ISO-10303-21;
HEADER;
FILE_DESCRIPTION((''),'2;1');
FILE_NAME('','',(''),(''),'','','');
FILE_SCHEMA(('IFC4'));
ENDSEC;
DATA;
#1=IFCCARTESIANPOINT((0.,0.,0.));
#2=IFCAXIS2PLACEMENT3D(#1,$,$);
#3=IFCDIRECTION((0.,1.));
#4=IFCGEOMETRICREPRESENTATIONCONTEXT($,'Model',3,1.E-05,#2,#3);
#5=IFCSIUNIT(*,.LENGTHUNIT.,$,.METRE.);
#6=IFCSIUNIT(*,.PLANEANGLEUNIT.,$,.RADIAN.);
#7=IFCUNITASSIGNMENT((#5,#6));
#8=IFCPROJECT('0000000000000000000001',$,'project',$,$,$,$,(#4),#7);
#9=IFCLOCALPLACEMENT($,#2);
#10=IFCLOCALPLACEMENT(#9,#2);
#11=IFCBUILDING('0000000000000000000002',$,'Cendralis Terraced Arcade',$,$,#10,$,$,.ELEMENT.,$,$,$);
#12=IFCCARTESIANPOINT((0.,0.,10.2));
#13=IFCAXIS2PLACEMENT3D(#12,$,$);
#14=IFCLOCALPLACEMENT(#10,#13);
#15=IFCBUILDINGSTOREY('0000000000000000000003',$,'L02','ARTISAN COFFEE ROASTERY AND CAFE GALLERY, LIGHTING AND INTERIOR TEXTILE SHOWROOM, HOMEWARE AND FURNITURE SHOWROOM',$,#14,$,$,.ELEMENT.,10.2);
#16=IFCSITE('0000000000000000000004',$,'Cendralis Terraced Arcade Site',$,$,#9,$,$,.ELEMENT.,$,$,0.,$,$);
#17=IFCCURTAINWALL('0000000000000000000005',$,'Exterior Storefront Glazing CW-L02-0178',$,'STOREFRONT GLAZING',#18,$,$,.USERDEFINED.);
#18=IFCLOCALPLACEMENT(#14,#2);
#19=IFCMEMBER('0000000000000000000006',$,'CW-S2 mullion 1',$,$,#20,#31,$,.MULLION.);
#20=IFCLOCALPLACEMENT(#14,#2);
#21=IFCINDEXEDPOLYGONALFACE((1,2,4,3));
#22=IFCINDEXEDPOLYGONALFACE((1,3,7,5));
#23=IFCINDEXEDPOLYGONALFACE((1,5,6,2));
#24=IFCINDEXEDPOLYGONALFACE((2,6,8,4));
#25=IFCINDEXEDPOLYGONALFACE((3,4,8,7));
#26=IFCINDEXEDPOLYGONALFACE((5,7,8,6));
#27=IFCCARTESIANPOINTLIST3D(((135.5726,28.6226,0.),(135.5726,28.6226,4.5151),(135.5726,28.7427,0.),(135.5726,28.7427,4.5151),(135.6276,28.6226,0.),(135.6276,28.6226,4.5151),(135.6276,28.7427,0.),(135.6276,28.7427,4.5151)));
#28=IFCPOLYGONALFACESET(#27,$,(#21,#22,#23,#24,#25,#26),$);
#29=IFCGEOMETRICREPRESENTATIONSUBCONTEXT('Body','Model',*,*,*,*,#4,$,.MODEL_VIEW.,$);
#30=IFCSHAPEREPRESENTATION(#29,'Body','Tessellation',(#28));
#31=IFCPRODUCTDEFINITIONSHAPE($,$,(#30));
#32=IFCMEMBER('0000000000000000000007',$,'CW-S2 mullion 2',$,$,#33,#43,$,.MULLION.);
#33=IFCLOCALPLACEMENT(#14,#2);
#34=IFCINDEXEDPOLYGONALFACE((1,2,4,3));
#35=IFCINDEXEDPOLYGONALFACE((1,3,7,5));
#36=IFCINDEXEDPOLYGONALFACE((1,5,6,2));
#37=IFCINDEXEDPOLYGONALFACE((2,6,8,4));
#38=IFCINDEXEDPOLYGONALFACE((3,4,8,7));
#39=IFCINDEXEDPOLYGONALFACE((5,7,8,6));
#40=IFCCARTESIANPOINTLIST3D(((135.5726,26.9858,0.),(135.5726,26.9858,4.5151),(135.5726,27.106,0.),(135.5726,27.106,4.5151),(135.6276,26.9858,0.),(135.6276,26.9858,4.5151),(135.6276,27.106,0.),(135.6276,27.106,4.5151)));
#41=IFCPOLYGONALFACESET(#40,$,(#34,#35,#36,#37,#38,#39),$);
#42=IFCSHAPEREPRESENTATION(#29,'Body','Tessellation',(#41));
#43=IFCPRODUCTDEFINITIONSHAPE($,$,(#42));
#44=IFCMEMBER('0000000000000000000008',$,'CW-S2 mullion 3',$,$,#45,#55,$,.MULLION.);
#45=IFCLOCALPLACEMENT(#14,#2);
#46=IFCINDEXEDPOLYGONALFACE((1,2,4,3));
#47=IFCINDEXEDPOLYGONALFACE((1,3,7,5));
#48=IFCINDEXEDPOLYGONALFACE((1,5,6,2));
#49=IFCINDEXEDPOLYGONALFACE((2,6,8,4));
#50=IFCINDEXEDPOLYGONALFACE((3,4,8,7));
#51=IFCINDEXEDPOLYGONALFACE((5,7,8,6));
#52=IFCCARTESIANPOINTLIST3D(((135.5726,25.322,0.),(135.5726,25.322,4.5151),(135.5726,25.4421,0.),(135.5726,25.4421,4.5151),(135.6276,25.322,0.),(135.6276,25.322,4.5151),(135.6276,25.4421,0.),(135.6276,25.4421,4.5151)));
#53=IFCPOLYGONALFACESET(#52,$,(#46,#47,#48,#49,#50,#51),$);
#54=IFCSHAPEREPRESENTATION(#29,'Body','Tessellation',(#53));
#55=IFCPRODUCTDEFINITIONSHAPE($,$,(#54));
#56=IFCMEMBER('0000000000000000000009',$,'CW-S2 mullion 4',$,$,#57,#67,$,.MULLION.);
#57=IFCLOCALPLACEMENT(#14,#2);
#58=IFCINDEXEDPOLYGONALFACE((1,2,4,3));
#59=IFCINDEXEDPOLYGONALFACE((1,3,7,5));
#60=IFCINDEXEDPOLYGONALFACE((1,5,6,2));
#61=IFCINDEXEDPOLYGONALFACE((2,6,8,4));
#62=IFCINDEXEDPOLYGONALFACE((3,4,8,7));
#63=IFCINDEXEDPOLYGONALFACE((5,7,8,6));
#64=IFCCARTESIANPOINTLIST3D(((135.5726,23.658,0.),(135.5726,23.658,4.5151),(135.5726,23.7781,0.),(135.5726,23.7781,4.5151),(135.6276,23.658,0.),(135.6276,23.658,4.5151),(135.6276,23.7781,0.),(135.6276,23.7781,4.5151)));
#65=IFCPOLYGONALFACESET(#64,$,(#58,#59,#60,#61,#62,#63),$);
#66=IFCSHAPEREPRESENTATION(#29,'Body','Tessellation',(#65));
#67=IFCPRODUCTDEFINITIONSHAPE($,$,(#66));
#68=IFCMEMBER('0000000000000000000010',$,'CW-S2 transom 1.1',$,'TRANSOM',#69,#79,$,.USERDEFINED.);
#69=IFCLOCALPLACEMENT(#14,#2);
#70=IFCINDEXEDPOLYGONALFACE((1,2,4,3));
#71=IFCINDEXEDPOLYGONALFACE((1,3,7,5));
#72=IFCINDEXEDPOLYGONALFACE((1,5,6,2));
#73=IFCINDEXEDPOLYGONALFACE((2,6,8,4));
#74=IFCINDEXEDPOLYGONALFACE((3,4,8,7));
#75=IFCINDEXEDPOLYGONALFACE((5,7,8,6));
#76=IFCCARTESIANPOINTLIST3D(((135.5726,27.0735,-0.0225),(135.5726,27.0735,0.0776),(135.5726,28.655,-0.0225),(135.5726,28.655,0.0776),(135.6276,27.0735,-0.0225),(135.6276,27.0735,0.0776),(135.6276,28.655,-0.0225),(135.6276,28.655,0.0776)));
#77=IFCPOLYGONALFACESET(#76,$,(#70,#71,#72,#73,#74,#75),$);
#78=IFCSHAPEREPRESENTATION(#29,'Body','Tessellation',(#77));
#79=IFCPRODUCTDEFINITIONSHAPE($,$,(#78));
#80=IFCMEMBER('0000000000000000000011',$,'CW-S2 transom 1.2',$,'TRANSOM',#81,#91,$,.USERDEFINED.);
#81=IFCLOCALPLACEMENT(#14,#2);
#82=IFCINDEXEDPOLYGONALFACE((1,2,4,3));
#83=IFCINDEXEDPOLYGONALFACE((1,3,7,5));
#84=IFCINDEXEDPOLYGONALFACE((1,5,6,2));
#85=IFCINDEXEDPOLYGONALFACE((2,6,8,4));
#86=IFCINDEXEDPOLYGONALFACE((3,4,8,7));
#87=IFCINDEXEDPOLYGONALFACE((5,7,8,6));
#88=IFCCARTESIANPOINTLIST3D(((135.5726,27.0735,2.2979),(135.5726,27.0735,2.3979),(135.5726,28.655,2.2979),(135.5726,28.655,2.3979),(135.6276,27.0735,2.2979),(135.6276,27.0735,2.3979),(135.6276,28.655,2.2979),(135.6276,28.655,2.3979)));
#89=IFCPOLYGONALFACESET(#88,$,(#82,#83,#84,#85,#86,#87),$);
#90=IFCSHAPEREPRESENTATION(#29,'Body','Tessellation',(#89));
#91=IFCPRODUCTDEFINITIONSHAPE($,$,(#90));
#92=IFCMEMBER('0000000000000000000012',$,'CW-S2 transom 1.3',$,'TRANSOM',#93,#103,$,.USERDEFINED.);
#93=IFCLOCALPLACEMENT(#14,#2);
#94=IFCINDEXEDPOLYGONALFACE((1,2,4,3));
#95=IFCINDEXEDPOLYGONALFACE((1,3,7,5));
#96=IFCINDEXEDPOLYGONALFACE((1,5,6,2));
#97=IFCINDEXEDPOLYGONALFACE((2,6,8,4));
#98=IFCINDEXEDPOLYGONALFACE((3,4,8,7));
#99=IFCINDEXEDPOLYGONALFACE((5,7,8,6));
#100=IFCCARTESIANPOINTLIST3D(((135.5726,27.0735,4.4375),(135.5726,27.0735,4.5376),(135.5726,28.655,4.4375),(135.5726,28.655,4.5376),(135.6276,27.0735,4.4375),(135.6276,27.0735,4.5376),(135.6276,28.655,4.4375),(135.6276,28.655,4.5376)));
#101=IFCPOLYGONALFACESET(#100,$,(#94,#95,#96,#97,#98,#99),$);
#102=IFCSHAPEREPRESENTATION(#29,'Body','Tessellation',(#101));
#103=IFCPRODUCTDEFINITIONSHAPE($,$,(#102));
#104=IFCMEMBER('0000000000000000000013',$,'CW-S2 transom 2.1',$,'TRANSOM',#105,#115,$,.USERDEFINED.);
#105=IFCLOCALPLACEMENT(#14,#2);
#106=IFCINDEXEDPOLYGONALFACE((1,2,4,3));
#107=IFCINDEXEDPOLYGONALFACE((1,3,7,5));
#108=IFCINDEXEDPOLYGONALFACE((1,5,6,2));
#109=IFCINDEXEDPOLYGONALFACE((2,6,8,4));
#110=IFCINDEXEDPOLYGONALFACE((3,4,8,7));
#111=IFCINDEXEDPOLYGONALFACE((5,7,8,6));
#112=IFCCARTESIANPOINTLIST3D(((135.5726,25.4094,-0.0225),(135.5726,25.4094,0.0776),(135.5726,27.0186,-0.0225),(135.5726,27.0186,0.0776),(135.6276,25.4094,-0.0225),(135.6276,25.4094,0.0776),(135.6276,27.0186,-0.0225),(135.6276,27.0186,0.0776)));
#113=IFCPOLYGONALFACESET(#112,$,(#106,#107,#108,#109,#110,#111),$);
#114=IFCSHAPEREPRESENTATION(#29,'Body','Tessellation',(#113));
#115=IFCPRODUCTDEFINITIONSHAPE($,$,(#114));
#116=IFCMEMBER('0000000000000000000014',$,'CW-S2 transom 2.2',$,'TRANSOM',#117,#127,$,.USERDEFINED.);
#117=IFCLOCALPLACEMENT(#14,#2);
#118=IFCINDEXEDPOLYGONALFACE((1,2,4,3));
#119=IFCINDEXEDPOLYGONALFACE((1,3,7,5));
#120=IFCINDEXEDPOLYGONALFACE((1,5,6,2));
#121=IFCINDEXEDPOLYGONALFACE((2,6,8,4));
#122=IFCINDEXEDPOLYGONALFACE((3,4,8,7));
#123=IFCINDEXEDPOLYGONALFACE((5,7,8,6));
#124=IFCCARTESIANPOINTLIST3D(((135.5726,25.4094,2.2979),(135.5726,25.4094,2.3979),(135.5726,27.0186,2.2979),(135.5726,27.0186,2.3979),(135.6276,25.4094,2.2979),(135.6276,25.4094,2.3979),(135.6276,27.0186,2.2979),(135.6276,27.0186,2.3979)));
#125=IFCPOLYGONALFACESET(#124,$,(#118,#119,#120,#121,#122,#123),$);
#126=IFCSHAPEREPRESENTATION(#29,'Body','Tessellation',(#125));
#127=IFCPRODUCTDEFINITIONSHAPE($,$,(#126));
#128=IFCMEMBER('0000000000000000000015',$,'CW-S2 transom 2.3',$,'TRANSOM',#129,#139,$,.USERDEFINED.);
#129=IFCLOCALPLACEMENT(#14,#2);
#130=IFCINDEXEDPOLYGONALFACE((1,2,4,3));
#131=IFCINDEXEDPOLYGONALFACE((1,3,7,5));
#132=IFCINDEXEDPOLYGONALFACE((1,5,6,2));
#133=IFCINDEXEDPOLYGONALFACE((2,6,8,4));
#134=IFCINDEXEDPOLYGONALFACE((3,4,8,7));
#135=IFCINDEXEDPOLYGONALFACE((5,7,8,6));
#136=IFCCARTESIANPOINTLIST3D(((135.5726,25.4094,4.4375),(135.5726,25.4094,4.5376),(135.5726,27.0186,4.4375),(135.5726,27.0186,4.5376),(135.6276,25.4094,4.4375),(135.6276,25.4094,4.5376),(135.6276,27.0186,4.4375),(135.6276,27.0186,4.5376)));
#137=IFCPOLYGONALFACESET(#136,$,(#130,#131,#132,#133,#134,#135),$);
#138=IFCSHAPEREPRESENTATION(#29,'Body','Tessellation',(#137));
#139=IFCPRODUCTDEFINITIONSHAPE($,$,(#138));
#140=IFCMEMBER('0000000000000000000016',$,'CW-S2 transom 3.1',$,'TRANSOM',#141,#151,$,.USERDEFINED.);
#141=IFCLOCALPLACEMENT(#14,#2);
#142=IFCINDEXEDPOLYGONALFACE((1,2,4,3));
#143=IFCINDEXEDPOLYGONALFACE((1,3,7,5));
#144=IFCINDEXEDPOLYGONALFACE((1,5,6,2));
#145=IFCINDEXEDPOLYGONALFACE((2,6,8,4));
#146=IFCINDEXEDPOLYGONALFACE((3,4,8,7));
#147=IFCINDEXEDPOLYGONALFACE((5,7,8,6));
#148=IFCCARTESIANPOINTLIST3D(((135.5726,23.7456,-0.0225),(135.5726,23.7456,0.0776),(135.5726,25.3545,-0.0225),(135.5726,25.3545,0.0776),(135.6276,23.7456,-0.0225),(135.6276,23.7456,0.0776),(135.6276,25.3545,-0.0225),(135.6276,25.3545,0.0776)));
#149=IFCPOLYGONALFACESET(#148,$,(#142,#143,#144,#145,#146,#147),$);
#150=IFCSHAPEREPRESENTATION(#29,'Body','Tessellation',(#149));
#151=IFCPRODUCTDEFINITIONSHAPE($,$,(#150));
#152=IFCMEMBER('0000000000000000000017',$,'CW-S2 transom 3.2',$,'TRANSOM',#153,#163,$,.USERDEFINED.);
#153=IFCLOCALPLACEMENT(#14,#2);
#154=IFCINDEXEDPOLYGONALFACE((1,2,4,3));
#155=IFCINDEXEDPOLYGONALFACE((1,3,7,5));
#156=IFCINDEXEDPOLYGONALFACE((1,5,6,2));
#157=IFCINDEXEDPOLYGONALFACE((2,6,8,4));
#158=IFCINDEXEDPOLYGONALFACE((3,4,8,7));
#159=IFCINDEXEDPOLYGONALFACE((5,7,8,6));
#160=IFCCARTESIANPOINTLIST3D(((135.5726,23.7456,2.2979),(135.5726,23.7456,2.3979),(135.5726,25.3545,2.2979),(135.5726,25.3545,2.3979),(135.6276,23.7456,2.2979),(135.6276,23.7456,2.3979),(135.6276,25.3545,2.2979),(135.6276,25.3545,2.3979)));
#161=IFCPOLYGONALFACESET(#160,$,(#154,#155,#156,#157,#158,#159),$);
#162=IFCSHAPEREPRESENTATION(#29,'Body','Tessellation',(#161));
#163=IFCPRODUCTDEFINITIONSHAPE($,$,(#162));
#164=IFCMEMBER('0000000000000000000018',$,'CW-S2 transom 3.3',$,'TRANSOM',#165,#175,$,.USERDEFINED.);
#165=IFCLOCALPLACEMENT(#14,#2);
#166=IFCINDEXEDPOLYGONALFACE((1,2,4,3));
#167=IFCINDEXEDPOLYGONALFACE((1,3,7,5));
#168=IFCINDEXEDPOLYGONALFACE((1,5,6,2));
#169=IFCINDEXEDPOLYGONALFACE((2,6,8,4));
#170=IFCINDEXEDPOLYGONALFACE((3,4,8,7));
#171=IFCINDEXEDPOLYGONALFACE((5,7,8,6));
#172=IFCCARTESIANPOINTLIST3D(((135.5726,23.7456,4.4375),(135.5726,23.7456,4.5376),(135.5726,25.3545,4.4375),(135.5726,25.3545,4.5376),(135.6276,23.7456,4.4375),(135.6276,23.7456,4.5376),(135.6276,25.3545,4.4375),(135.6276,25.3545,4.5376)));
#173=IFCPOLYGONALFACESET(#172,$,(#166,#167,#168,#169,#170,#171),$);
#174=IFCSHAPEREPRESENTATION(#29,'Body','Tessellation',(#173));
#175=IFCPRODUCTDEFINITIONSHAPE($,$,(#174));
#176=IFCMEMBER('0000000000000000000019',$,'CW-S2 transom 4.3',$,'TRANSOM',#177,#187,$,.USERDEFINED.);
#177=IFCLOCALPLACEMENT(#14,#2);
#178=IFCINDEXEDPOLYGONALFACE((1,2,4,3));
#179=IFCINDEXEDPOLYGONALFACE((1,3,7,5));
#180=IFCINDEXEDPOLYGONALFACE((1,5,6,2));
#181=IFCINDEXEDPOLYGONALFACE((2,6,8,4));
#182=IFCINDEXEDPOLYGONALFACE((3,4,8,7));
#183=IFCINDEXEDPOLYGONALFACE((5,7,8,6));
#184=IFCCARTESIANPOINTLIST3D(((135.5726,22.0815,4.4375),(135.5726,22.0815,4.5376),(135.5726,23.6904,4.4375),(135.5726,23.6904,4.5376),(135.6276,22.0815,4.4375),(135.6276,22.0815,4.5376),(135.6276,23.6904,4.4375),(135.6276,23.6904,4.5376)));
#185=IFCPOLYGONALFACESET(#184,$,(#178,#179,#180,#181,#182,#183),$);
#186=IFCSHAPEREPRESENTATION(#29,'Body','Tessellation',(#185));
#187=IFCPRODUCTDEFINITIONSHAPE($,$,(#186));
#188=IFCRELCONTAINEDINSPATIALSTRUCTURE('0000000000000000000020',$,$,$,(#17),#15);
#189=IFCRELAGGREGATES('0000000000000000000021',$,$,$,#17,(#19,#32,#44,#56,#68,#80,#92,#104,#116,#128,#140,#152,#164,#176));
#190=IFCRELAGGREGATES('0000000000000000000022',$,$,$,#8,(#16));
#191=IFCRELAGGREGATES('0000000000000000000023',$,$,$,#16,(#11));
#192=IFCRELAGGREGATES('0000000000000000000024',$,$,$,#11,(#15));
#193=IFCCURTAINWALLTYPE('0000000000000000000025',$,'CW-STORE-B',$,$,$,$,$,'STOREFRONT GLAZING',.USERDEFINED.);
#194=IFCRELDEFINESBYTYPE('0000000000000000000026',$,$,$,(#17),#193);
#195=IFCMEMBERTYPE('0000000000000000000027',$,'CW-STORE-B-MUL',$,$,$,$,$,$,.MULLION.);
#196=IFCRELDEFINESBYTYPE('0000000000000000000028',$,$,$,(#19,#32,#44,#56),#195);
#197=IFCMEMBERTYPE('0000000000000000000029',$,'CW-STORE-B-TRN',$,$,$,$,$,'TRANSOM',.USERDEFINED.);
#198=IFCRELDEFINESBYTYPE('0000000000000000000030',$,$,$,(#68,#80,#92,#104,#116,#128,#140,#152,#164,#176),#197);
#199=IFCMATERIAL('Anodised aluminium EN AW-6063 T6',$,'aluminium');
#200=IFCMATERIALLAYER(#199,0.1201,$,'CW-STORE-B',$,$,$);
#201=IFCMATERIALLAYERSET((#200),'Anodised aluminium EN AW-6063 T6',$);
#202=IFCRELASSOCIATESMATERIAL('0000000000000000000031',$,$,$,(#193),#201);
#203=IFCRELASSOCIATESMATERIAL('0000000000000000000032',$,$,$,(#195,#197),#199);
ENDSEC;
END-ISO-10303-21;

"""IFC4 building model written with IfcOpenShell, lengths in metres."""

from ifc_helpers import new_model, si_unit, direction, frame, origin, origin_2d, place, context, subcontext, project, spatial, rectangle, extrude, material, layer, layer_set, material_profile, profile_set, type_object, element, aggregate, save


model = new_model("IFC4")

# Units and contexts
model_context = context("Model", 3, precision=1e-05, world=origin(), true_north=direction((0.0, 1.0)))
body_context = subcontext(model_context, "Body", "Model", "MODEL_VIEW")
ifc_project = project(units=[si_unit("LENGTHUNIT", "METRE"), si_unit("PLANEANGLEUNIT", "RADIAN")], contexts=[model_context])

# Site, building, storey
site_placement = place(None, origin())
site = spatial("IfcSite", under=ifc_project, at=site_placement, Name="Cendralis Terraced Arcade Site", CompositionType="ELEMENT", RefElevation=0.0)
building_placement = place(site_placement, origin())
building = spatial("IfcBuilding", under=site, at=building_placement, Name="Cendralis Terraced Arcade", CompositionType="ELEMENT")
storey_placement = place(building_placement, frame((0.0, 0.0, 10.2)))
storey = spatial("IfcBuildingStorey", under=building, at=storey_placement, Name="L02", Description="ARTISAN COFFEE ROASTERY AND CAFE GALLERY, LIGHTING AND INTERIOR TEXTILE SHOWROOM, HOMEWARE AND FURNITURE SHOWROOM", CompositionType="ELEMENT", Elevation=10.2)

# Curtain wall, members
ifc_material_1 = material(Name="Anodised aluminium EN AW-6063 T6", Category="aluminium")
ifc_layer_1 = layer(ifc_material_1, 0.1201, Name="CW-STORE-B")
ifc_layer_set_1 = layer_set([ifc_layer_1], Name="Anodised aluminium EN AW-6063 T6")
curtain_wall_type = type_object("IfcCurtainWallType", Name="CW-STORE-B", ElementType="STOREFRONT GLAZING", PredefinedType="USERDEFINED", material=ifc_layer_set_1)
curtain_wall_placement = place(storey_placement, origin())
curtain_wall = element("IfcCurtainWall", 1, at=curtain_wall_placement, inside=storey, type_object=curtain_wall_type, Name="Exterior Storefront Glazing CW-L02-0178", ObjectType="STOREFRONT GLAZING", PredefinedType="USERDEFINED")
ifc_material_profile_1 = material_profile(ifc_material_1, rectangle(XDim=0.0549, YDim=0.1201, at=origin_2d()), Name="ALU-MUL-55x120")
ifc_profile_set_1 = profile_set([ifc_material_profile_1], Name="Anodised aluminium EN AW-6063 T6")
member_type_1 = type_object("IfcMemberType", Name="CW-STORE-B-MUL", PredefinedType="MULLION", material=ifc_profile_set_1)
member_1_placement = place(storey_placement, frame((135.6001, 28.6826, 0.0), z_axis=(0.0, 0.0, 1.0), x_axis=(1.0, 0.0, 0.0)))
member_1 = element("IfcMember", 2, at=member_1_placement, type_object=member_type_1, Name="CW-S2 mullion 1", PredefinedType="MULLION", context=body_context, shape_type="SweptSolid", body=[
    extrude(rectangle(XDim=0.0549, YDim=0.1201, at=origin_2d()), origin(), (0.0, 0.0, 1.0), 4.5151),
])
member_2_placement = place(storey_placement, frame((135.6001, 27.0459, 0.0), z_axis=(0.0, 0.0, 1.0), x_axis=(1.0, 0.0, 0.0)))
member_2 = element("IfcMember", 3, at=member_2_placement, type_object=member_type_1, Name="CW-S2 mullion 2", PredefinedType="MULLION", context=body_context, shape_type="SweptSolid", body=[
    extrude(rectangle(XDim=0.0549, YDim=0.1201, at=origin_2d()), origin(), (0.0, 0.0, 1.0), 4.5151),
])
member_3_placement = place(storey_placement, frame((135.6001, 25.3821, 0.0), z_axis=(0.0, 0.0, 1.0), x_axis=(1.0, 0.0, 0.0)))
member_3 = element("IfcMember", 4, at=member_3_placement, type_object=member_type_1, Name="CW-S2 mullion 3", PredefinedType="MULLION", context=body_context, shape_type="SweptSolid", body=[
    extrude(rectangle(XDim=0.0549, YDim=0.1201, at=origin_2d()), origin(), (0.0, 0.0, 1.0), 4.5151),
])
member_4_placement = place(storey_placement, frame((135.6001, 23.718, 0.0), z_axis=(0.0, 0.0, 1.0), x_axis=(1.0, 0.0, 0.0)))
member_4 = element("IfcMember", 5, at=member_4_placement, type_object=member_type_1, Name="CW-S2 mullion 4", PredefinedType="MULLION", context=body_context, shape_type="SweptSolid", body=[
    extrude(rectangle(XDim=0.0549, YDim=0.1201, at=origin_2d()), origin(), (0.0, 0.0, 1.0), 4.5151),
])
ifc_material_profile_2 = material_profile(ifc_material_1, rectangle(XDim=0.0549, YDim=0.1001, at=origin_2d()), Name="ALU-TRN-55x100")
ifc_profile_set_2 = profile_set([ifc_material_profile_2], Name="Anodised aluminium EN AW-6063 T6")
member_type_2 = type_object("IfcMemberType", Name="CW-STORE-B-TRN", ElementType="TRANSOM", PredefinedType="USERDEFINED", material=ifc_profile_set_2)
member_5_placement = place(storey_placement, frame((135.6001, 28.655, 0.0276), z_axis=(0.0, -1.0, 0.0), x_axis=(1.0, 0.0, 0.0)))
member_5 = element("IfcMember", 6, at=member_5_placement, type_object=member_type_2, Name="CW-S2 transom 1.1", ObjectType="TRANSOM", PredefinedType="USERDEFINED", context=body_context, shape_type="SweptSolid", body=[
    extrude(rectangle(XDim=0.0549, YDim=0.1001, at=origin_2d()), origin(), (0.0, 0.0, 1.0), 1.5815),
])
member_6_placement = place(storey_placement, frame((135.6001, 28.655, 2.3479), z_axis=(0.0, -1.0, 0.0), x_axis=(1.0, 0.0, 0.0)))
member_6 = element("IfcMember", 7, at=member_6_placement, type_object=member_type_2, Name="CW-S2 transom 1.2", ObjectType="TRANSOM", PredefinedType="USERDEFINED", context=body_context, shape_type="SweptSolid", body=[
    extrude(rectangle(XDim=0.0549, YDim=0.1001, at=origin_2d()), origin(), (0.0, 0.0, 1.0), 1.5815),
])
member_7_placement = place(storey_placement, frame((135.6001, 28.655, 4.4875), z_axis=(0.0, -1.0, 0.0), x_axis=(1.0, 0.0, 0.0)))
member_7 = element("IfcMember", 8, at=member_7_placement, type_object=member_type_2, Name="CW-S2 transom 1.3", ObjectType="TRANSOM", PredefinedType="USERDEFINED", context=body_context, shape_type="SweptSolid", body=[
    extrude(rectangle(XDim=0.0549, YDim=0.1001, at=origin_2d()), origin(), (0.0, 0.0, 1.0), 1.5815),
])
member_8_placement = place(storey_placement, frame((135.6001, 27.0186, 0.0276), z_axis=(0.0, -1.0, 0.0), x_axis=(1.0, 0.0, 0.0)))
member_8 = element("IfcMember", 9, at=member_8_placement, type_object=member_type_2, Name="CW-S2 transom 2.1", ObjectType="TRANSOM", PredefinedType="USERDEFINED", context=body_context, shape_type="SweptSolid", body=[
    extrude(rectangle(XDim=0.0549, YDim=0.1001, at=origin_2d()), origin(), (0.0, 0.0, 1.0), 1.6091),
])
member_9_placement = place(storey_placement, frame((135.6001, 27.0186, 2.3479), z_axis=(0.0, -1.0, 0.0), x_axis=(1.0, 0.0, 0.0)))
member_9 = element("IfcMember", 10, at=member_9_placement, type_object=member_type_2, Name="CW-S2 transom 2.2", ObjectType="TRANSOM", PredefinedType="USERDEFINED", context=body_context, shape_type="SweptSolid", body=[
    extrude(rectangle(XDim=0.0549, YDim=0.1001, at=origin_2d()), origin(), (0.0, 0.0, 1.0), 1.6091),
])
member_10_placement = place(storey_placement, frame((135.6001, 27.0186, 4.4875), z_axis=(0.0, -1.0, 0.0), x_axis=(1.0, 0.0, 0.0)))
member_10 = element("IfcMember", 11, at=member_10_placement, type_object=member_type_2, Name="CW-S2 transom 2.3", ObjectType="TRANSOM", PredefinedType="USERDEFINED", context=body_context, shape_type="SweptSolid", body=[
    extrude(rectangle(XDim=0.0549, YDim=0.1001, at=origin_2d()), origin(), (0.0, 0.0, 1.0), 1.6091),
])
member_11_placement = place(storey_placement, frame((135.6001, 25.3545, 0.0276), z_axis=(0.0, -1.0, 0.0), x_axis=(1.0, 0.0, 0.0)))
member_11 = element("IfcMember", 12, at=member_11_placement, type_object=member_type_2, Name="CW-S2 transom 3.1", ObjectType="TRANSOM", PredefinedType="USERDEFINED", context=body_context, shape_type="SweptSolid", body=[
    extrude(rectangle(XDim=0.0549, YDim=0.1001, at=origin_2d()), origin(), (0.0, 0.0, 1.0), 1.6089),
])
member_12_placement = place(storey_placement, frame((135.6001, 25.3545, 2.3479), z_axis=(0.0, -1.0, 0.0), x_axis=(1.0, 0.0, 0.0)))
member_12 = element("IfcMember", 13, at=member_12_placement, type_object=member_type_2, Name="CW-S2 transom 3.2", ObjectType="TRANSOM", PredefinedType="USERDEFINED", context=body_context, shape_type="SweptSolid", body=[
    extrude(rectangle(XDim=0.0549, YDim=0.1001, at=origin_2d()), origin(), (0.0, 0.0, 1.0), 1.6089),
])
member_13_placement = place(storey_placement, frame((135.6001, 25.3545, 4.4875), z_axis=(0.0, -1.0, 0.0), x_axis=(1.0, 0.0, 0.0)))
member_13 = element("IfcMember", 14, at=member_13_placement, type_object=member_type_2, Name="CW-S2 transom 3.3", ObjectType="TRANSOM", PredefinedType="USERDEFINED", context=body_context, shape_type="SweptSolid", body=[
    extrude(rectangle(XDim=0.0549, YDim=0.1001, at=origin_2d()), origin(), (0.0, 0.0, 1.0), 1.6089),
])
member_14_placement = place(storey_placement, frame((135.6001, 23.6904, 4.4875), z_axis=(0.0, -1.0, 0.0), x_axis=(1.0, 0.0, 0.0)))
member_14 = element("IfcMember", 15, at=member_14_placement, type_object=member_type_2, Name="CW-S2 transom 4.3", ObjectType="TRANSOM", PredefinedType="USERDEFINED", context=body_context, shape_type="SweptSolid", body=[
    extrude(rectangle(XDim=0.0549, YDim=0.1001, at=origin_2d()), origin(), (0.0, 0.0, 1.0), 1.6089),
])
aggregate(curtain_wall, [member_1, member_2, member_3, member_4, member_5, member_6, member_7, member_8, member_9, member_10, member_11, member_12, member_13, member_14])

save(model, "model.ifc")
